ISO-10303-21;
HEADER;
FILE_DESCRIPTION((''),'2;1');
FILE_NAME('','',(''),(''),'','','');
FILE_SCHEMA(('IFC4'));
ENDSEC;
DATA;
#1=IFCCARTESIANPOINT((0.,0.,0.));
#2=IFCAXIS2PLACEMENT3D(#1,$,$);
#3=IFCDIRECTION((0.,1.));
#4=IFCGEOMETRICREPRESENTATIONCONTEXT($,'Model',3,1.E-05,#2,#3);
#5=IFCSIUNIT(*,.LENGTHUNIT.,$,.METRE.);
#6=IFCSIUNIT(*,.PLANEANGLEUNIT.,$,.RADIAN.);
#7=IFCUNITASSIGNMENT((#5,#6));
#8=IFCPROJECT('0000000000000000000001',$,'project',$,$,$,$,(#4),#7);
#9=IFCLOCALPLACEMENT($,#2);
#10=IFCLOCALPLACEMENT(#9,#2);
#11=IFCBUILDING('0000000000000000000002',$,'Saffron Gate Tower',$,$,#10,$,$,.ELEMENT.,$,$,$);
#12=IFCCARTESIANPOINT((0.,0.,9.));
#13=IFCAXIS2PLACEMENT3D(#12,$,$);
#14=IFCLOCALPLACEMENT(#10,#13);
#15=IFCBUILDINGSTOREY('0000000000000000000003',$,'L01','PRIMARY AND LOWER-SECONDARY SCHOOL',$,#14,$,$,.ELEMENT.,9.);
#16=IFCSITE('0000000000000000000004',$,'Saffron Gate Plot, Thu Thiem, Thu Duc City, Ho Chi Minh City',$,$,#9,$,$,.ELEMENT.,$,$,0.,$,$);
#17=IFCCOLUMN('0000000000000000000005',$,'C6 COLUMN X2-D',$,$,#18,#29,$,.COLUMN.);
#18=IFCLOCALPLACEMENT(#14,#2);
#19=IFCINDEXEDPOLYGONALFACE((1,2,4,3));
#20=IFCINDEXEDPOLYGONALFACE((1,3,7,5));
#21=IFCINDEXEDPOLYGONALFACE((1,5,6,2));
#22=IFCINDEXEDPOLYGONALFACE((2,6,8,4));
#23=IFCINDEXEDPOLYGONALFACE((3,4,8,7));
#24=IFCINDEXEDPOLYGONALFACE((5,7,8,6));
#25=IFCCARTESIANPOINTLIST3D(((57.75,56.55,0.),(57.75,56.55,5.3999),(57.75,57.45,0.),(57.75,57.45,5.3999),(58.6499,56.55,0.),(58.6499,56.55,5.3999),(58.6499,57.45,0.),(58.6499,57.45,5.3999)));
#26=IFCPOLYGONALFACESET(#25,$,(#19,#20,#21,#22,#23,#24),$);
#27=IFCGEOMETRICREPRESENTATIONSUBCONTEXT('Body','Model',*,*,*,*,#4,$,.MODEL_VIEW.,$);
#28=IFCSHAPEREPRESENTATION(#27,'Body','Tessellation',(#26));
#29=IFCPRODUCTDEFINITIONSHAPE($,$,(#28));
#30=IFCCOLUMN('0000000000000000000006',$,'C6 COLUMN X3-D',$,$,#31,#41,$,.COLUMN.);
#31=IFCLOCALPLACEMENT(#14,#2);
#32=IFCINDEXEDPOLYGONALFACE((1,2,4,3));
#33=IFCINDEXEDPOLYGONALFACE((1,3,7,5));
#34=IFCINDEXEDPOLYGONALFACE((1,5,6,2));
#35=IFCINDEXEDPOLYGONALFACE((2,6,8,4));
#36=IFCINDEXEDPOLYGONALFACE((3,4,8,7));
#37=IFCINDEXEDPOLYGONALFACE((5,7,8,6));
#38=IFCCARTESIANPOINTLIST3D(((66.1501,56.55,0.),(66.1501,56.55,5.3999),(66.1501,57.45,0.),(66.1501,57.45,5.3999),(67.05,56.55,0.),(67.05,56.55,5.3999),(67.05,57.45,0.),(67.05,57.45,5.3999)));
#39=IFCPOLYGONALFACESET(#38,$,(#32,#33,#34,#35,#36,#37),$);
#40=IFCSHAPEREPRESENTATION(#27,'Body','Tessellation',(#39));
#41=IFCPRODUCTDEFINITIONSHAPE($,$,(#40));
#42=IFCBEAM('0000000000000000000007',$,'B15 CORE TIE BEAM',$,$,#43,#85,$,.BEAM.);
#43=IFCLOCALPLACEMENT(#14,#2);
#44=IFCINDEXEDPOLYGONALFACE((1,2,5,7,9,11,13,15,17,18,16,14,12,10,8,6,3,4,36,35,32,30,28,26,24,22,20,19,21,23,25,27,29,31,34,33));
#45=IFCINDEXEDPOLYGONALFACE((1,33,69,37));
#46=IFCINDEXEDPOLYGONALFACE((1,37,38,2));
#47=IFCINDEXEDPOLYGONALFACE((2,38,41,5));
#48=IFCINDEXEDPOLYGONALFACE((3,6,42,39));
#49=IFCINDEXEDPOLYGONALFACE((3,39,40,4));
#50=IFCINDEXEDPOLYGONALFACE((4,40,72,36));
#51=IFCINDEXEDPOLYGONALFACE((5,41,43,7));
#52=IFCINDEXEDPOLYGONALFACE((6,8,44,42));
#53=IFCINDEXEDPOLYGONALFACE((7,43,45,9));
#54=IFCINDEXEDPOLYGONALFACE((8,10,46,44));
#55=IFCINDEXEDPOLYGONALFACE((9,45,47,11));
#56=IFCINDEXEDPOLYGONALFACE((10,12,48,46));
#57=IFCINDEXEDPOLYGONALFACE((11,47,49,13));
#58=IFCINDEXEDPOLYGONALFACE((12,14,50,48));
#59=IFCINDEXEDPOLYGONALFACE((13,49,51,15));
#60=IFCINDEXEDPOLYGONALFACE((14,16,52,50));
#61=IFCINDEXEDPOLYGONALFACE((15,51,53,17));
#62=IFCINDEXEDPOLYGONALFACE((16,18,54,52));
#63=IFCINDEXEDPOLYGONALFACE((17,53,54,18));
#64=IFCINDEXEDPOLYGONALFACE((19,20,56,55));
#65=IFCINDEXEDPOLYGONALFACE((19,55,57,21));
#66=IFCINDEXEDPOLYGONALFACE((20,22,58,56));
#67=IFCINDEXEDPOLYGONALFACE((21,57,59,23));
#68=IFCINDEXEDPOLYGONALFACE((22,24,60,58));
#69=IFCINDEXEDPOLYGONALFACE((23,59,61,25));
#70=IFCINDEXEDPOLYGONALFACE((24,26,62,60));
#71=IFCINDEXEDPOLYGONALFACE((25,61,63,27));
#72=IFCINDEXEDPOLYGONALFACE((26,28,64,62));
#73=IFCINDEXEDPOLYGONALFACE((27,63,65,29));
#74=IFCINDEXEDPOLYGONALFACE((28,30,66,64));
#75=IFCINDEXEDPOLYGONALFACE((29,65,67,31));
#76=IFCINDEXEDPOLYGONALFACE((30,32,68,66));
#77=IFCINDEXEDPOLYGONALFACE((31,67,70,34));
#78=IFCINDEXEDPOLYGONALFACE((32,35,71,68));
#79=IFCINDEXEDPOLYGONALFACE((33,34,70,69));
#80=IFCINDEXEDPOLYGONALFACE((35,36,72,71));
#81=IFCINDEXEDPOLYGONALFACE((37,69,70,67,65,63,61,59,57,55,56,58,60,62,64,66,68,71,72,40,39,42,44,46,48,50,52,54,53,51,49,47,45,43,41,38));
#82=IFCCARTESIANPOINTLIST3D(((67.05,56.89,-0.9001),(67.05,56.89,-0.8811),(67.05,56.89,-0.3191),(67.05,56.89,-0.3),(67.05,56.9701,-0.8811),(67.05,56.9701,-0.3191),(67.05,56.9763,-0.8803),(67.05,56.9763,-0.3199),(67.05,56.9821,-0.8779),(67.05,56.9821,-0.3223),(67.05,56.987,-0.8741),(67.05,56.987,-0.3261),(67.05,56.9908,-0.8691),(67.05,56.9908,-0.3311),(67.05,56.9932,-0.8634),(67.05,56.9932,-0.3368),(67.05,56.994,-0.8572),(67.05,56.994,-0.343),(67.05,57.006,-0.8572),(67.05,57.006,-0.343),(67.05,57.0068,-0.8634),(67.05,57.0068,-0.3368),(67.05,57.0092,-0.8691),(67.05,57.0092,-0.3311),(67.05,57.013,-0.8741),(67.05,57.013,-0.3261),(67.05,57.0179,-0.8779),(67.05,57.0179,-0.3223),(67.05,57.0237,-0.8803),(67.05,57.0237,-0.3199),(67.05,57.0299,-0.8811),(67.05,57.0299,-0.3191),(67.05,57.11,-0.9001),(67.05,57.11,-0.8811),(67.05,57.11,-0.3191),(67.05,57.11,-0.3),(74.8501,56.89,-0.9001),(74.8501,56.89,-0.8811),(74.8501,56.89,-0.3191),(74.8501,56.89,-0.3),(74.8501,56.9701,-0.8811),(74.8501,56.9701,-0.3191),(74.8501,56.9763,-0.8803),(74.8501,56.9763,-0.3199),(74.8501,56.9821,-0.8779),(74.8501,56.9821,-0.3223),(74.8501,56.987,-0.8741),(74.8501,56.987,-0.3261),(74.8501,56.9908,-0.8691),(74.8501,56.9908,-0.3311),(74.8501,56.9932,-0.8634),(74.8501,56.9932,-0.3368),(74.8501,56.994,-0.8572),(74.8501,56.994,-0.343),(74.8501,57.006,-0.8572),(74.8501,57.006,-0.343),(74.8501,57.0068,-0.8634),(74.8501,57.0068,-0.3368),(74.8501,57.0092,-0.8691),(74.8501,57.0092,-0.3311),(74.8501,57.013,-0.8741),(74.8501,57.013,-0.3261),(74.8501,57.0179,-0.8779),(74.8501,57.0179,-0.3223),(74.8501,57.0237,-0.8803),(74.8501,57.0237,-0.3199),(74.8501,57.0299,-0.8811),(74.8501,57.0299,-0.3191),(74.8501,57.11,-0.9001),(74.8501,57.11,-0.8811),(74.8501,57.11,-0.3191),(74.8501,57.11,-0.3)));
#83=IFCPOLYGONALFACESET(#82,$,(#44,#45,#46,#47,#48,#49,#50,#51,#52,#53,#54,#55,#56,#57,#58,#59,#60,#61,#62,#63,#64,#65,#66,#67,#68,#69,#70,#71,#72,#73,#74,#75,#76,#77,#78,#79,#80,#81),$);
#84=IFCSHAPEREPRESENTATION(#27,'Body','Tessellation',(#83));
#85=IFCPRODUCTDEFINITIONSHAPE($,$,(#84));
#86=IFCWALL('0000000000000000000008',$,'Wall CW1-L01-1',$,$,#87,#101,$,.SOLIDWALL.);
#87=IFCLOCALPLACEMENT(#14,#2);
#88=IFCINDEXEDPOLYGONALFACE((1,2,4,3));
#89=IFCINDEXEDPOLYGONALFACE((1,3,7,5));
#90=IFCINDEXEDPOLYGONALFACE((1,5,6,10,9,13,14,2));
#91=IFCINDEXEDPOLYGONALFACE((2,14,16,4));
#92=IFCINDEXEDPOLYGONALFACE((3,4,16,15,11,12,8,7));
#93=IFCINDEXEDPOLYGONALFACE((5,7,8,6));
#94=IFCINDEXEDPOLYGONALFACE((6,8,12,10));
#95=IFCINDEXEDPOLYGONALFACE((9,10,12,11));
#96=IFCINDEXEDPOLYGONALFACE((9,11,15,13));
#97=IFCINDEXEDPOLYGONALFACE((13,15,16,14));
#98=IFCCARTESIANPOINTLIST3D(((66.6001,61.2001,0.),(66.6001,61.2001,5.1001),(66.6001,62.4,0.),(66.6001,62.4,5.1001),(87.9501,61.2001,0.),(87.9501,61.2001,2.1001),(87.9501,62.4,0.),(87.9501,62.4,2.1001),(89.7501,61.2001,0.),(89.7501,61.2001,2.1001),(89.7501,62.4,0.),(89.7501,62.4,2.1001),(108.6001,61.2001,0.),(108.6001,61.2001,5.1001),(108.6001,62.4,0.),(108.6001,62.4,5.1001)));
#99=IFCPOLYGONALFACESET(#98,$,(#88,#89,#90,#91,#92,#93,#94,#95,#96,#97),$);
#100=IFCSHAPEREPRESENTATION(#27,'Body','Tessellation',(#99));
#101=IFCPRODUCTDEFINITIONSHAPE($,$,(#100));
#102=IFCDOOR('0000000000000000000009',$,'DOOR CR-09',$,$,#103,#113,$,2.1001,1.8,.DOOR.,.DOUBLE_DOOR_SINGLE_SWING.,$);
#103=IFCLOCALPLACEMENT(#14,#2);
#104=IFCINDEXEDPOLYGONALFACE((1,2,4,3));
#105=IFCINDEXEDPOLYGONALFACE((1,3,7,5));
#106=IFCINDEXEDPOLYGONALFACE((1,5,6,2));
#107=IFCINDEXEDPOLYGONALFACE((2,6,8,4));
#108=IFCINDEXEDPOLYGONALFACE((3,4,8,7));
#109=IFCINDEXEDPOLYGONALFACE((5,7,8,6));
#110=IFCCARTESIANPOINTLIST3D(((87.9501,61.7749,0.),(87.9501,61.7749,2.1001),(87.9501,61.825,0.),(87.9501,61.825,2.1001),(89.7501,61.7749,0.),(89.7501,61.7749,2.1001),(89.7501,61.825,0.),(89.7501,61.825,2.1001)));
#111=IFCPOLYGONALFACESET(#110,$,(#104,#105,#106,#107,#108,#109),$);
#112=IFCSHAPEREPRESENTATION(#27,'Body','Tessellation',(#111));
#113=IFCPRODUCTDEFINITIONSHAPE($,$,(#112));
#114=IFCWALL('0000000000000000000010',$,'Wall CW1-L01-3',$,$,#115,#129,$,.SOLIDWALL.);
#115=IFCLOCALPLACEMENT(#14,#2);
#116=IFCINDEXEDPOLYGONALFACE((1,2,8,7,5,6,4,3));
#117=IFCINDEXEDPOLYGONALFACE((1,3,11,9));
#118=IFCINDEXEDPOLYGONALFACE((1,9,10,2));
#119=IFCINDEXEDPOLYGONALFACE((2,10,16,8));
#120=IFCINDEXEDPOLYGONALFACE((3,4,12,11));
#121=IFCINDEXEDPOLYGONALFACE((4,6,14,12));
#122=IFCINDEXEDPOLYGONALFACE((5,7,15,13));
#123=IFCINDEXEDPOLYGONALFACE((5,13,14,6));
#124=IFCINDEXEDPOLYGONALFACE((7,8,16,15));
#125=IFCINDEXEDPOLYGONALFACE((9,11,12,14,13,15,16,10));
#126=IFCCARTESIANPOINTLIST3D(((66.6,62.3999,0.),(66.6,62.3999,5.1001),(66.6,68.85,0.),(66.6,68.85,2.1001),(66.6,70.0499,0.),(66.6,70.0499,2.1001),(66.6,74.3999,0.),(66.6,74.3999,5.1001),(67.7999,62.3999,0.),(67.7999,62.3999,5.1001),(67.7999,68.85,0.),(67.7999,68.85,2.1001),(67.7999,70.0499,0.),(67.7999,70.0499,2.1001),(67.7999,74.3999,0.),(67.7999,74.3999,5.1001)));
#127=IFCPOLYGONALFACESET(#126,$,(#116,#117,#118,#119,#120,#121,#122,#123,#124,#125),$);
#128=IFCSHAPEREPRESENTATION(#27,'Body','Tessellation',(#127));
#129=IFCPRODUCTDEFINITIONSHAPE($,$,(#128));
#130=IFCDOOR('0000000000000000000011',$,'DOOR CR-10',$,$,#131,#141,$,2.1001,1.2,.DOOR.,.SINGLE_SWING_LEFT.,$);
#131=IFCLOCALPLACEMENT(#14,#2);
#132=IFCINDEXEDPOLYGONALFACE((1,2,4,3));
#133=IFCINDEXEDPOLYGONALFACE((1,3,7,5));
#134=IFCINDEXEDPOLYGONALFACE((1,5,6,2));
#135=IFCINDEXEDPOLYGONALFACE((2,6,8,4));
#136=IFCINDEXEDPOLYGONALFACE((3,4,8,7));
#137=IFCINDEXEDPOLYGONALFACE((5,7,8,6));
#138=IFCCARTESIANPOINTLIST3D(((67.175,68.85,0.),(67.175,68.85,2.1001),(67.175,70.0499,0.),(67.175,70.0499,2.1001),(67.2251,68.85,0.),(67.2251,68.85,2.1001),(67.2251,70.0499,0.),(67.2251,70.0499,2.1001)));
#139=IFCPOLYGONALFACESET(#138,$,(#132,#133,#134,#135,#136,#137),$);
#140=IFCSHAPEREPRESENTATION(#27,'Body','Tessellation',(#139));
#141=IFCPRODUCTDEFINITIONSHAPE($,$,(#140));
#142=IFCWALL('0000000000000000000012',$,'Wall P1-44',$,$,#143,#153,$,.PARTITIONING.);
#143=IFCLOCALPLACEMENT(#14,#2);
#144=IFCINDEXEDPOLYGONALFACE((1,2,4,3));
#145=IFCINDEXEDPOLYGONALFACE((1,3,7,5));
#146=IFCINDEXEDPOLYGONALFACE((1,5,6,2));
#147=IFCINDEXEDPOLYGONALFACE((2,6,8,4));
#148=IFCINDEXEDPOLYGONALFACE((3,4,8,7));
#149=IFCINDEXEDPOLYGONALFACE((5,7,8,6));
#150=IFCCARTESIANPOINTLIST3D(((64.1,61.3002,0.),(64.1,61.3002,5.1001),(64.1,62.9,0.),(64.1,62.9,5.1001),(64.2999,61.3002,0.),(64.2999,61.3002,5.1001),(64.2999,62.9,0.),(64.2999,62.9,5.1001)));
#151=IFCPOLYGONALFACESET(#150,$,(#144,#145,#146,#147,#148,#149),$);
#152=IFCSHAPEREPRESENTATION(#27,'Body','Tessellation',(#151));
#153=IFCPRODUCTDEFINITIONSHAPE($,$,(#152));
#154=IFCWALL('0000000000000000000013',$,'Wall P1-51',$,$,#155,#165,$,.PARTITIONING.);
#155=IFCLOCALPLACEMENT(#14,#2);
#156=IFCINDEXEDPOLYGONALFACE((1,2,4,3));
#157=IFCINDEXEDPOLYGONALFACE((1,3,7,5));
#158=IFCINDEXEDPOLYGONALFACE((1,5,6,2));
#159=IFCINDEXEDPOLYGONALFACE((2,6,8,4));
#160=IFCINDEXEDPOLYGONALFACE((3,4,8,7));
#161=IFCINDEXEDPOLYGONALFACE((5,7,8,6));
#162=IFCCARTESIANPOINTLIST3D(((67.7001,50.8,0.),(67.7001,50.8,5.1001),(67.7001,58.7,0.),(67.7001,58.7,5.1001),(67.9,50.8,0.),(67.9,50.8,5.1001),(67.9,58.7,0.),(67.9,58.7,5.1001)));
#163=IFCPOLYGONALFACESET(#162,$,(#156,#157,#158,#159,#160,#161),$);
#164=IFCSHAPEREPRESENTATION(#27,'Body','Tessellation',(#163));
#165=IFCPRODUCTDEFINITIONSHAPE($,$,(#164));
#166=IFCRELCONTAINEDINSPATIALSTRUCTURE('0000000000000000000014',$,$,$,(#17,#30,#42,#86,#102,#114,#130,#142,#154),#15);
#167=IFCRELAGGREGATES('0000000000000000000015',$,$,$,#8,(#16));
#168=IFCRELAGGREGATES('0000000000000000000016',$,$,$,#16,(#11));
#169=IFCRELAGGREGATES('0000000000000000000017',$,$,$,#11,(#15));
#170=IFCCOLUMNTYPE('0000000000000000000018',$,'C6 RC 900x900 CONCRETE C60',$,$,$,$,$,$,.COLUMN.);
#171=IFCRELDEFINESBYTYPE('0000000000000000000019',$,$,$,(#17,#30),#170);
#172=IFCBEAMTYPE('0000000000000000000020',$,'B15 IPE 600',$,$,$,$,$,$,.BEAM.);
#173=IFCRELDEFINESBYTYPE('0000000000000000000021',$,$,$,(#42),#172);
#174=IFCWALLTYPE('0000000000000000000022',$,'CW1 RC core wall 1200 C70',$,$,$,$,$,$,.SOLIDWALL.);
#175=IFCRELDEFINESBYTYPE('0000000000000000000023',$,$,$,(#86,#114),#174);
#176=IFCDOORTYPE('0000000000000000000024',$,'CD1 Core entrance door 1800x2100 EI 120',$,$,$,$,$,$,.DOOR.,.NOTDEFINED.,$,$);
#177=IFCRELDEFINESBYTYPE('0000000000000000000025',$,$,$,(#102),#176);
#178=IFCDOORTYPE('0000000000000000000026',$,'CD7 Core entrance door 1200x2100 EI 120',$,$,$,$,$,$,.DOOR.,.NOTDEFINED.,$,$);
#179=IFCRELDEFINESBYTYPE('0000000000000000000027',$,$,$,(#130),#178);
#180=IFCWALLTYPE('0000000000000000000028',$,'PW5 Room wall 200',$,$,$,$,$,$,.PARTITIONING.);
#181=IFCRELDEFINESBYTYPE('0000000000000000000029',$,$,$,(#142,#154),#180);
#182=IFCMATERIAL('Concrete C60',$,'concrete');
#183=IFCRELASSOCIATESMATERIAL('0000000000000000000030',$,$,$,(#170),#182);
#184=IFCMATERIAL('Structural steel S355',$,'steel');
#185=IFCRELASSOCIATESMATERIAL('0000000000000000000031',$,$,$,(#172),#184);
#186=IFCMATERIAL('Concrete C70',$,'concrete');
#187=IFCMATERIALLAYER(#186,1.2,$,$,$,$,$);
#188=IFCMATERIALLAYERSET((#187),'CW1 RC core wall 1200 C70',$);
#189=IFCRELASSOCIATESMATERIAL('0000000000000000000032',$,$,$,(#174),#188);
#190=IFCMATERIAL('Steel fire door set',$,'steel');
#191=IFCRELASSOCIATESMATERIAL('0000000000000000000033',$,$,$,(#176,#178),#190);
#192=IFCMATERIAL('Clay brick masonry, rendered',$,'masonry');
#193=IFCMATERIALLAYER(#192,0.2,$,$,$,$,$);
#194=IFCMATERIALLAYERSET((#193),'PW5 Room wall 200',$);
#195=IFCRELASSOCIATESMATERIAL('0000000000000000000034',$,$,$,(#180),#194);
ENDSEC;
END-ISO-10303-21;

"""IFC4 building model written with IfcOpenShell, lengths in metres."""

from ifc_helpers import new_model, si_unit, direction, frame, frame_2d, origin, origin_2d, place, context, subcontext, project, spatial, rectangle, i_section, extrude, material, layer, layer_set, material_profile, profile_set, type_object, element, fill, save


model = new_model("IFC4")

# Units and contexts
model_context = context("Model", 3, precision=1e-05, world=origin(), true_north=direction((0.0, 1.0)))
body_context = subcontext(model_context, "Body", "Model", "MODEL_VIEW")
ifc_project = project(units=[si_unit("LENGTHUNIT", "METRE"), si_unit("PLANEANGLEUNIT", "RADIAN")], contexts=[model_context])

# Site, building, storey
site_placement = place(None, origin())
site = spatial("IfcSite", under=ifc_project, at=site_placement, Name="Saffron Gate Plot, Thu Thiem, Thu Duc City, Ho Chi Minh City", CompositionType="ELEMENT", RefElevation=0.0)
building_placement = place(site_placement, origin())
building = spatial("IfcBuilding", under=site, at=building_placement, Name="Saffron Gate Tower", CompositionType="ELEMENT")
storey_placement = place(building_placement, frame((0.0, 0.0, 9.0)))
storey = spatial("IfcBuildingStorey", under=building, at=storey_placement, Name="L01", Description="PRIMARY AND LOWER-SECONDARY SCHOOL", CompositionType="ELEMENT", Elevation=9.0)

# Columns
ifc_material_1 = material(Name="Concrete C60", Category="concrete")
ifc_material_profile_1 = material_profile(ifc_material_1, rectangle(XDim=0.8999, YDim=0.8999, at=origin_2d()))
ifc_profile_set_1 = profile_set([ifc_material_profile_1], Name="Concrete C60")
column_type = type_object("IfcColumnType", Name="C6 RC 900x900 CONCRETE C60", PredefinedType="COLUMN", material=ifc_profile_set_1)
for number, where, z_axis, x_axis, name in (
    (1, (58.2, 57.0, 0.0), (0.0, 0.0, 1.0), (1.0, 0.0, 0.0), "C6 COLUMN X2-D"),
    (2, (66.6001, 57.0, 0.0), (0.0, 0.0, 1.0), (1.0, 0.0, 0.0), "C6 COLUMN X3-D"),
):
    element("IfcColumn", number, at=place(storey_placement, frame(where, z_axis=z_axis, x_axis=x_axis)), inside=storey, type_object=column_type, Name=name, PredefinedType="COLUMN", context=body_context, shape_type="SweptSolid", body=[
        extrude(rectangle(XDim=0.8999, YDim=0.8999, at=origin_2d()), origin(), (0.0, 0.0, 1.0), 5.3999),
    ])

# Beam
ifc_material_2 = material(Name="Structural steel S355", Category="steel")
ifc_material_profile_2 = material_profile(ifc_material_2, i_section(OverallWidth=0.22, OverallDepth=0.6001, WebThickness=0.012, FlangeThickness=0.019, FilletRadius=0.0239, at=origin_2d()))
ifc_profile_set_2 = profile_set([ifc_material_profile_2], Name="Structural steel S355")
beam_type = type_object("IfcBeamType", Name="B15 IPE 600", PredefinedType="BEAM", material=ifc_profile_set_2)
beam_placement = place(storey_placement, frame((67.05, 57.0, -0.6001), z_axis=(1.0, 0.0, 0.0), x_axis=(0.0, 1.0, 0.0)))
element("IfcBeam", 3, at=beam_placement, inside=storey, type_object=beam_type, Name="B15 CORE TIE BEAM", PredefinedType="BEAM", context=body_context, shape_type="SweptSolid", body=[
    extrude(i_section(OverallWidth=0.22, OverallDepth=0.6001, WebThickness=0.012, FlangeThickness=0.019, FilletRadius=0.0239, at=origin_2d()), origin(), (0.0, 0.0, 1.0), 7.8),
])

# Walls, openings, doors
ifc_material_3 = material(Name="Concrete C70", Category="concrete")
ifc_layer_1 = layer(ifc_material_3, 1.2)
ifc_layer_set_1 = layer_set([ifc_layer_1], Name="CW1 RC core wall 1200 C70")
wall_type_1 = type_object("IfcWallType", Name="CW1 RC core wall 1200 C70", PredefinedType="SOLIDWALL", material=ifc_layer_set_1)
wall_1_placement = place(storey_placement, frame((66.6001, 61.8, 0.0), z_axis=(0.0, 0.0, 1.0), x_axis=(1.0, 0.0, 0.0)))
wall_1 = element("IfcWall", 4, at=wall_1_placement, inside=storey, type_object=wall_type_1, Name="Wall CW1-L01-1", PredefinedType="SOLIDWALL", context=body_context, shape_type="SweptSolid", body=[
    extrude(rectangle(XDim=42.0, YDim=1.2, at=frame_2d((21.0, 0.0))), origin(), (0.0, 0.0, 1.0), 5.1001),
])
opening_1_placement = place(wall_1_placement, frame((21.3501, 0.0, 0.0)))
opening_1 = element("IfcOpeningElement", 5, at=opening_1_placement, cuts=wall_1, PredefinedType="OPENING", context=body_context, shape_type="SweptSolid", body=[
    extrude(rectangle(XDim=1.8, YDim=2.1001, at=frame_2d((0.8999, 1.05))), frame((0.0, 0.6099, 0.0), z_axis=(0.0, -1.0, 0.0), x_axis=(1.0, 0.0, 0.0)), (0.0, 0.0, 1.0), 1.22),
])
ifc_material_4 = material(Name="Steel fire door set", Category="steel")
door_type_1 = type_object("IfcDoorType", Name="CD1 Core entrance door 1800x2100 EI 120", OperationType="NOTDEFINED", PredefinedType="DOOR", material=ifc_material_4)
door_1_placement = place(opening_1_placement, origin())
door_1 = element("IfcDoor", 6, at=door_1_placement, inside=storey, type_object=door_type_1, Name="DOOR CR-09", OperationType="DOUBLE_DOOR_SINGLE_SWING", OverallHeight=2.1001, OverallWidth=1.8, PredefinedType="DOOR", context=body_context, shape_type="SweptSolid", body=[
    extrude(rectangle(XDim=1.8, YDim=2.1001, at=frame_2d((0.8999, 1.05))), frame((0.0, 0.0249, 0.0), z_axis=(0.0, -1.0, 0.0), x_axis=(1.0, 0.0, 0.0)), (0.0, 0.0, 1.0), 0.05),
])
fill(opening_1, door_1)
wall_2_placement = place(storey_placement, frame((67.2, 62.3999, 0.0), z_axis=(0.0, 0.0, 1.0), x_axis=(0.0, 1.0, 0.0)))
wall_2 = element("IfcWall", 7, at=wall_2_placement, inside=storey, type_object=wall_type_1, Name="Wall CW1-L01-3", PredefinedType="SOLIDWALL", context=body_context, shape_type="SweptSolid", body=[
    extrude(rectangle(XDim=12.0, YDim=1.2, at=frame_2d((6.0, 0.0))), origin(), (0.0, 0.0, 1.0), 5.1001),
])
opening_2_placement = place(wall_2_placement, frame((6.45, 0.0, 0.0)))
opening_2 = element("IfcOpeningElement", 8, at=opening_2_placement, cuts=wall_2, PredefinedType="OPENING", context=body_context, shape_type="SweptSolid", body=[
    extrude(rectangle(XDim=1.2, YDim=2.1001, at=frame_2d((0.6001, 1.05))), frame((0.0, 0.6099, 0.0), z_axis=(0.0, -1.0, 0.0), x_axis=(1.0, 0.0, 0.0)), (0.0, 0.0, 1.0), 1.22),
])
door_type_2 = type_object("IfcDoorType", Name="CD7 Core entrance door 1200x2100 EI 120", OperationType="NOTDEFINED", PredefinedType="DOOR", material=ifc_material_4)
door_2_placement = place(opening_2_placement, origin())
door_2 = element("IfcDoor", 9, at=door_2_placement, inside=storey, type_object=door_type_2, Name="DOOR CR-10", OperationType="SINGLE_SWING_LEFT", OverallHeight=2.1001, OverallWidth=1.2, PredefinedType="DOOR", context=body_context, shape_type="SweptSolid", body=[
    extrude(rectangle(XDim=1.2, YDim=2.1001, at=frame_2d((0.6001, 1.05))), frame((0.0, 0.0249, 0.0), z_axis=(0.0, -1.0, 0.0), x_axis=(1.0, 0.0, 0.0)), (0.0, 0.0, 1.0), 0.05),
])
fill(opening_2, door_2)

# Walls
ifc_material_5 = material(Name="Clay brick masonry, rendered", Category="masonry")
ifc_layer_2 = layer(ifc_material_5, 0.2)
ifc_layer_set_2 = layer_set([ifc_layer_2], Name="PW5 Room wall 200")
wall_type_2 = type_object("IfcWallType", Name="PW5 Room wall 200", PredefinedType="PARTITIONING", material=ifc_layer_set_2)
wall_3_placement = place(storey_placement, frame((64.2, 62.8999, 0.0), z_axis=(0.0, 0.0, 1.0), x_axis=(0.0, -1.0, 0.0)))
element("IfcWall", 10, at=wall_3_placement, inside=storey, type_object=wall_type_2, Name="Wall P1-44", PredefinedType="PARTITIONING", context=body_context, shape_type="SweptSolid", body=[
    extrude(rectangle(XDim=1.5999, YDim=0.2, at=frame_2d((0.7998, 0.0))), origin(), (0.0, 0.0, 1.0), 5.1001),
])
wall_4_placement = place(storey_placement, frame((67.8, 58.7, 0.0), z_axis=(0.0, 0.0, 1.0), x_axis=(0.0, -1.0, 0.0)))
element("IfcWall", 11, at=wall_4_placement, inside=storey, type_object=wall_type_2, Name="Wall P1-51", PredefinedType="PARTITIONING", context=body_context, shape_type="SweptSolid", body=[
    extrude(rectangle(XDim=7.8999, YDim=0.2, at=frame_2d((3.95, 0.0))), origin(), (0.0, 0.0, 1.0), 5.1001),
])

save(model, "model.ifc")
